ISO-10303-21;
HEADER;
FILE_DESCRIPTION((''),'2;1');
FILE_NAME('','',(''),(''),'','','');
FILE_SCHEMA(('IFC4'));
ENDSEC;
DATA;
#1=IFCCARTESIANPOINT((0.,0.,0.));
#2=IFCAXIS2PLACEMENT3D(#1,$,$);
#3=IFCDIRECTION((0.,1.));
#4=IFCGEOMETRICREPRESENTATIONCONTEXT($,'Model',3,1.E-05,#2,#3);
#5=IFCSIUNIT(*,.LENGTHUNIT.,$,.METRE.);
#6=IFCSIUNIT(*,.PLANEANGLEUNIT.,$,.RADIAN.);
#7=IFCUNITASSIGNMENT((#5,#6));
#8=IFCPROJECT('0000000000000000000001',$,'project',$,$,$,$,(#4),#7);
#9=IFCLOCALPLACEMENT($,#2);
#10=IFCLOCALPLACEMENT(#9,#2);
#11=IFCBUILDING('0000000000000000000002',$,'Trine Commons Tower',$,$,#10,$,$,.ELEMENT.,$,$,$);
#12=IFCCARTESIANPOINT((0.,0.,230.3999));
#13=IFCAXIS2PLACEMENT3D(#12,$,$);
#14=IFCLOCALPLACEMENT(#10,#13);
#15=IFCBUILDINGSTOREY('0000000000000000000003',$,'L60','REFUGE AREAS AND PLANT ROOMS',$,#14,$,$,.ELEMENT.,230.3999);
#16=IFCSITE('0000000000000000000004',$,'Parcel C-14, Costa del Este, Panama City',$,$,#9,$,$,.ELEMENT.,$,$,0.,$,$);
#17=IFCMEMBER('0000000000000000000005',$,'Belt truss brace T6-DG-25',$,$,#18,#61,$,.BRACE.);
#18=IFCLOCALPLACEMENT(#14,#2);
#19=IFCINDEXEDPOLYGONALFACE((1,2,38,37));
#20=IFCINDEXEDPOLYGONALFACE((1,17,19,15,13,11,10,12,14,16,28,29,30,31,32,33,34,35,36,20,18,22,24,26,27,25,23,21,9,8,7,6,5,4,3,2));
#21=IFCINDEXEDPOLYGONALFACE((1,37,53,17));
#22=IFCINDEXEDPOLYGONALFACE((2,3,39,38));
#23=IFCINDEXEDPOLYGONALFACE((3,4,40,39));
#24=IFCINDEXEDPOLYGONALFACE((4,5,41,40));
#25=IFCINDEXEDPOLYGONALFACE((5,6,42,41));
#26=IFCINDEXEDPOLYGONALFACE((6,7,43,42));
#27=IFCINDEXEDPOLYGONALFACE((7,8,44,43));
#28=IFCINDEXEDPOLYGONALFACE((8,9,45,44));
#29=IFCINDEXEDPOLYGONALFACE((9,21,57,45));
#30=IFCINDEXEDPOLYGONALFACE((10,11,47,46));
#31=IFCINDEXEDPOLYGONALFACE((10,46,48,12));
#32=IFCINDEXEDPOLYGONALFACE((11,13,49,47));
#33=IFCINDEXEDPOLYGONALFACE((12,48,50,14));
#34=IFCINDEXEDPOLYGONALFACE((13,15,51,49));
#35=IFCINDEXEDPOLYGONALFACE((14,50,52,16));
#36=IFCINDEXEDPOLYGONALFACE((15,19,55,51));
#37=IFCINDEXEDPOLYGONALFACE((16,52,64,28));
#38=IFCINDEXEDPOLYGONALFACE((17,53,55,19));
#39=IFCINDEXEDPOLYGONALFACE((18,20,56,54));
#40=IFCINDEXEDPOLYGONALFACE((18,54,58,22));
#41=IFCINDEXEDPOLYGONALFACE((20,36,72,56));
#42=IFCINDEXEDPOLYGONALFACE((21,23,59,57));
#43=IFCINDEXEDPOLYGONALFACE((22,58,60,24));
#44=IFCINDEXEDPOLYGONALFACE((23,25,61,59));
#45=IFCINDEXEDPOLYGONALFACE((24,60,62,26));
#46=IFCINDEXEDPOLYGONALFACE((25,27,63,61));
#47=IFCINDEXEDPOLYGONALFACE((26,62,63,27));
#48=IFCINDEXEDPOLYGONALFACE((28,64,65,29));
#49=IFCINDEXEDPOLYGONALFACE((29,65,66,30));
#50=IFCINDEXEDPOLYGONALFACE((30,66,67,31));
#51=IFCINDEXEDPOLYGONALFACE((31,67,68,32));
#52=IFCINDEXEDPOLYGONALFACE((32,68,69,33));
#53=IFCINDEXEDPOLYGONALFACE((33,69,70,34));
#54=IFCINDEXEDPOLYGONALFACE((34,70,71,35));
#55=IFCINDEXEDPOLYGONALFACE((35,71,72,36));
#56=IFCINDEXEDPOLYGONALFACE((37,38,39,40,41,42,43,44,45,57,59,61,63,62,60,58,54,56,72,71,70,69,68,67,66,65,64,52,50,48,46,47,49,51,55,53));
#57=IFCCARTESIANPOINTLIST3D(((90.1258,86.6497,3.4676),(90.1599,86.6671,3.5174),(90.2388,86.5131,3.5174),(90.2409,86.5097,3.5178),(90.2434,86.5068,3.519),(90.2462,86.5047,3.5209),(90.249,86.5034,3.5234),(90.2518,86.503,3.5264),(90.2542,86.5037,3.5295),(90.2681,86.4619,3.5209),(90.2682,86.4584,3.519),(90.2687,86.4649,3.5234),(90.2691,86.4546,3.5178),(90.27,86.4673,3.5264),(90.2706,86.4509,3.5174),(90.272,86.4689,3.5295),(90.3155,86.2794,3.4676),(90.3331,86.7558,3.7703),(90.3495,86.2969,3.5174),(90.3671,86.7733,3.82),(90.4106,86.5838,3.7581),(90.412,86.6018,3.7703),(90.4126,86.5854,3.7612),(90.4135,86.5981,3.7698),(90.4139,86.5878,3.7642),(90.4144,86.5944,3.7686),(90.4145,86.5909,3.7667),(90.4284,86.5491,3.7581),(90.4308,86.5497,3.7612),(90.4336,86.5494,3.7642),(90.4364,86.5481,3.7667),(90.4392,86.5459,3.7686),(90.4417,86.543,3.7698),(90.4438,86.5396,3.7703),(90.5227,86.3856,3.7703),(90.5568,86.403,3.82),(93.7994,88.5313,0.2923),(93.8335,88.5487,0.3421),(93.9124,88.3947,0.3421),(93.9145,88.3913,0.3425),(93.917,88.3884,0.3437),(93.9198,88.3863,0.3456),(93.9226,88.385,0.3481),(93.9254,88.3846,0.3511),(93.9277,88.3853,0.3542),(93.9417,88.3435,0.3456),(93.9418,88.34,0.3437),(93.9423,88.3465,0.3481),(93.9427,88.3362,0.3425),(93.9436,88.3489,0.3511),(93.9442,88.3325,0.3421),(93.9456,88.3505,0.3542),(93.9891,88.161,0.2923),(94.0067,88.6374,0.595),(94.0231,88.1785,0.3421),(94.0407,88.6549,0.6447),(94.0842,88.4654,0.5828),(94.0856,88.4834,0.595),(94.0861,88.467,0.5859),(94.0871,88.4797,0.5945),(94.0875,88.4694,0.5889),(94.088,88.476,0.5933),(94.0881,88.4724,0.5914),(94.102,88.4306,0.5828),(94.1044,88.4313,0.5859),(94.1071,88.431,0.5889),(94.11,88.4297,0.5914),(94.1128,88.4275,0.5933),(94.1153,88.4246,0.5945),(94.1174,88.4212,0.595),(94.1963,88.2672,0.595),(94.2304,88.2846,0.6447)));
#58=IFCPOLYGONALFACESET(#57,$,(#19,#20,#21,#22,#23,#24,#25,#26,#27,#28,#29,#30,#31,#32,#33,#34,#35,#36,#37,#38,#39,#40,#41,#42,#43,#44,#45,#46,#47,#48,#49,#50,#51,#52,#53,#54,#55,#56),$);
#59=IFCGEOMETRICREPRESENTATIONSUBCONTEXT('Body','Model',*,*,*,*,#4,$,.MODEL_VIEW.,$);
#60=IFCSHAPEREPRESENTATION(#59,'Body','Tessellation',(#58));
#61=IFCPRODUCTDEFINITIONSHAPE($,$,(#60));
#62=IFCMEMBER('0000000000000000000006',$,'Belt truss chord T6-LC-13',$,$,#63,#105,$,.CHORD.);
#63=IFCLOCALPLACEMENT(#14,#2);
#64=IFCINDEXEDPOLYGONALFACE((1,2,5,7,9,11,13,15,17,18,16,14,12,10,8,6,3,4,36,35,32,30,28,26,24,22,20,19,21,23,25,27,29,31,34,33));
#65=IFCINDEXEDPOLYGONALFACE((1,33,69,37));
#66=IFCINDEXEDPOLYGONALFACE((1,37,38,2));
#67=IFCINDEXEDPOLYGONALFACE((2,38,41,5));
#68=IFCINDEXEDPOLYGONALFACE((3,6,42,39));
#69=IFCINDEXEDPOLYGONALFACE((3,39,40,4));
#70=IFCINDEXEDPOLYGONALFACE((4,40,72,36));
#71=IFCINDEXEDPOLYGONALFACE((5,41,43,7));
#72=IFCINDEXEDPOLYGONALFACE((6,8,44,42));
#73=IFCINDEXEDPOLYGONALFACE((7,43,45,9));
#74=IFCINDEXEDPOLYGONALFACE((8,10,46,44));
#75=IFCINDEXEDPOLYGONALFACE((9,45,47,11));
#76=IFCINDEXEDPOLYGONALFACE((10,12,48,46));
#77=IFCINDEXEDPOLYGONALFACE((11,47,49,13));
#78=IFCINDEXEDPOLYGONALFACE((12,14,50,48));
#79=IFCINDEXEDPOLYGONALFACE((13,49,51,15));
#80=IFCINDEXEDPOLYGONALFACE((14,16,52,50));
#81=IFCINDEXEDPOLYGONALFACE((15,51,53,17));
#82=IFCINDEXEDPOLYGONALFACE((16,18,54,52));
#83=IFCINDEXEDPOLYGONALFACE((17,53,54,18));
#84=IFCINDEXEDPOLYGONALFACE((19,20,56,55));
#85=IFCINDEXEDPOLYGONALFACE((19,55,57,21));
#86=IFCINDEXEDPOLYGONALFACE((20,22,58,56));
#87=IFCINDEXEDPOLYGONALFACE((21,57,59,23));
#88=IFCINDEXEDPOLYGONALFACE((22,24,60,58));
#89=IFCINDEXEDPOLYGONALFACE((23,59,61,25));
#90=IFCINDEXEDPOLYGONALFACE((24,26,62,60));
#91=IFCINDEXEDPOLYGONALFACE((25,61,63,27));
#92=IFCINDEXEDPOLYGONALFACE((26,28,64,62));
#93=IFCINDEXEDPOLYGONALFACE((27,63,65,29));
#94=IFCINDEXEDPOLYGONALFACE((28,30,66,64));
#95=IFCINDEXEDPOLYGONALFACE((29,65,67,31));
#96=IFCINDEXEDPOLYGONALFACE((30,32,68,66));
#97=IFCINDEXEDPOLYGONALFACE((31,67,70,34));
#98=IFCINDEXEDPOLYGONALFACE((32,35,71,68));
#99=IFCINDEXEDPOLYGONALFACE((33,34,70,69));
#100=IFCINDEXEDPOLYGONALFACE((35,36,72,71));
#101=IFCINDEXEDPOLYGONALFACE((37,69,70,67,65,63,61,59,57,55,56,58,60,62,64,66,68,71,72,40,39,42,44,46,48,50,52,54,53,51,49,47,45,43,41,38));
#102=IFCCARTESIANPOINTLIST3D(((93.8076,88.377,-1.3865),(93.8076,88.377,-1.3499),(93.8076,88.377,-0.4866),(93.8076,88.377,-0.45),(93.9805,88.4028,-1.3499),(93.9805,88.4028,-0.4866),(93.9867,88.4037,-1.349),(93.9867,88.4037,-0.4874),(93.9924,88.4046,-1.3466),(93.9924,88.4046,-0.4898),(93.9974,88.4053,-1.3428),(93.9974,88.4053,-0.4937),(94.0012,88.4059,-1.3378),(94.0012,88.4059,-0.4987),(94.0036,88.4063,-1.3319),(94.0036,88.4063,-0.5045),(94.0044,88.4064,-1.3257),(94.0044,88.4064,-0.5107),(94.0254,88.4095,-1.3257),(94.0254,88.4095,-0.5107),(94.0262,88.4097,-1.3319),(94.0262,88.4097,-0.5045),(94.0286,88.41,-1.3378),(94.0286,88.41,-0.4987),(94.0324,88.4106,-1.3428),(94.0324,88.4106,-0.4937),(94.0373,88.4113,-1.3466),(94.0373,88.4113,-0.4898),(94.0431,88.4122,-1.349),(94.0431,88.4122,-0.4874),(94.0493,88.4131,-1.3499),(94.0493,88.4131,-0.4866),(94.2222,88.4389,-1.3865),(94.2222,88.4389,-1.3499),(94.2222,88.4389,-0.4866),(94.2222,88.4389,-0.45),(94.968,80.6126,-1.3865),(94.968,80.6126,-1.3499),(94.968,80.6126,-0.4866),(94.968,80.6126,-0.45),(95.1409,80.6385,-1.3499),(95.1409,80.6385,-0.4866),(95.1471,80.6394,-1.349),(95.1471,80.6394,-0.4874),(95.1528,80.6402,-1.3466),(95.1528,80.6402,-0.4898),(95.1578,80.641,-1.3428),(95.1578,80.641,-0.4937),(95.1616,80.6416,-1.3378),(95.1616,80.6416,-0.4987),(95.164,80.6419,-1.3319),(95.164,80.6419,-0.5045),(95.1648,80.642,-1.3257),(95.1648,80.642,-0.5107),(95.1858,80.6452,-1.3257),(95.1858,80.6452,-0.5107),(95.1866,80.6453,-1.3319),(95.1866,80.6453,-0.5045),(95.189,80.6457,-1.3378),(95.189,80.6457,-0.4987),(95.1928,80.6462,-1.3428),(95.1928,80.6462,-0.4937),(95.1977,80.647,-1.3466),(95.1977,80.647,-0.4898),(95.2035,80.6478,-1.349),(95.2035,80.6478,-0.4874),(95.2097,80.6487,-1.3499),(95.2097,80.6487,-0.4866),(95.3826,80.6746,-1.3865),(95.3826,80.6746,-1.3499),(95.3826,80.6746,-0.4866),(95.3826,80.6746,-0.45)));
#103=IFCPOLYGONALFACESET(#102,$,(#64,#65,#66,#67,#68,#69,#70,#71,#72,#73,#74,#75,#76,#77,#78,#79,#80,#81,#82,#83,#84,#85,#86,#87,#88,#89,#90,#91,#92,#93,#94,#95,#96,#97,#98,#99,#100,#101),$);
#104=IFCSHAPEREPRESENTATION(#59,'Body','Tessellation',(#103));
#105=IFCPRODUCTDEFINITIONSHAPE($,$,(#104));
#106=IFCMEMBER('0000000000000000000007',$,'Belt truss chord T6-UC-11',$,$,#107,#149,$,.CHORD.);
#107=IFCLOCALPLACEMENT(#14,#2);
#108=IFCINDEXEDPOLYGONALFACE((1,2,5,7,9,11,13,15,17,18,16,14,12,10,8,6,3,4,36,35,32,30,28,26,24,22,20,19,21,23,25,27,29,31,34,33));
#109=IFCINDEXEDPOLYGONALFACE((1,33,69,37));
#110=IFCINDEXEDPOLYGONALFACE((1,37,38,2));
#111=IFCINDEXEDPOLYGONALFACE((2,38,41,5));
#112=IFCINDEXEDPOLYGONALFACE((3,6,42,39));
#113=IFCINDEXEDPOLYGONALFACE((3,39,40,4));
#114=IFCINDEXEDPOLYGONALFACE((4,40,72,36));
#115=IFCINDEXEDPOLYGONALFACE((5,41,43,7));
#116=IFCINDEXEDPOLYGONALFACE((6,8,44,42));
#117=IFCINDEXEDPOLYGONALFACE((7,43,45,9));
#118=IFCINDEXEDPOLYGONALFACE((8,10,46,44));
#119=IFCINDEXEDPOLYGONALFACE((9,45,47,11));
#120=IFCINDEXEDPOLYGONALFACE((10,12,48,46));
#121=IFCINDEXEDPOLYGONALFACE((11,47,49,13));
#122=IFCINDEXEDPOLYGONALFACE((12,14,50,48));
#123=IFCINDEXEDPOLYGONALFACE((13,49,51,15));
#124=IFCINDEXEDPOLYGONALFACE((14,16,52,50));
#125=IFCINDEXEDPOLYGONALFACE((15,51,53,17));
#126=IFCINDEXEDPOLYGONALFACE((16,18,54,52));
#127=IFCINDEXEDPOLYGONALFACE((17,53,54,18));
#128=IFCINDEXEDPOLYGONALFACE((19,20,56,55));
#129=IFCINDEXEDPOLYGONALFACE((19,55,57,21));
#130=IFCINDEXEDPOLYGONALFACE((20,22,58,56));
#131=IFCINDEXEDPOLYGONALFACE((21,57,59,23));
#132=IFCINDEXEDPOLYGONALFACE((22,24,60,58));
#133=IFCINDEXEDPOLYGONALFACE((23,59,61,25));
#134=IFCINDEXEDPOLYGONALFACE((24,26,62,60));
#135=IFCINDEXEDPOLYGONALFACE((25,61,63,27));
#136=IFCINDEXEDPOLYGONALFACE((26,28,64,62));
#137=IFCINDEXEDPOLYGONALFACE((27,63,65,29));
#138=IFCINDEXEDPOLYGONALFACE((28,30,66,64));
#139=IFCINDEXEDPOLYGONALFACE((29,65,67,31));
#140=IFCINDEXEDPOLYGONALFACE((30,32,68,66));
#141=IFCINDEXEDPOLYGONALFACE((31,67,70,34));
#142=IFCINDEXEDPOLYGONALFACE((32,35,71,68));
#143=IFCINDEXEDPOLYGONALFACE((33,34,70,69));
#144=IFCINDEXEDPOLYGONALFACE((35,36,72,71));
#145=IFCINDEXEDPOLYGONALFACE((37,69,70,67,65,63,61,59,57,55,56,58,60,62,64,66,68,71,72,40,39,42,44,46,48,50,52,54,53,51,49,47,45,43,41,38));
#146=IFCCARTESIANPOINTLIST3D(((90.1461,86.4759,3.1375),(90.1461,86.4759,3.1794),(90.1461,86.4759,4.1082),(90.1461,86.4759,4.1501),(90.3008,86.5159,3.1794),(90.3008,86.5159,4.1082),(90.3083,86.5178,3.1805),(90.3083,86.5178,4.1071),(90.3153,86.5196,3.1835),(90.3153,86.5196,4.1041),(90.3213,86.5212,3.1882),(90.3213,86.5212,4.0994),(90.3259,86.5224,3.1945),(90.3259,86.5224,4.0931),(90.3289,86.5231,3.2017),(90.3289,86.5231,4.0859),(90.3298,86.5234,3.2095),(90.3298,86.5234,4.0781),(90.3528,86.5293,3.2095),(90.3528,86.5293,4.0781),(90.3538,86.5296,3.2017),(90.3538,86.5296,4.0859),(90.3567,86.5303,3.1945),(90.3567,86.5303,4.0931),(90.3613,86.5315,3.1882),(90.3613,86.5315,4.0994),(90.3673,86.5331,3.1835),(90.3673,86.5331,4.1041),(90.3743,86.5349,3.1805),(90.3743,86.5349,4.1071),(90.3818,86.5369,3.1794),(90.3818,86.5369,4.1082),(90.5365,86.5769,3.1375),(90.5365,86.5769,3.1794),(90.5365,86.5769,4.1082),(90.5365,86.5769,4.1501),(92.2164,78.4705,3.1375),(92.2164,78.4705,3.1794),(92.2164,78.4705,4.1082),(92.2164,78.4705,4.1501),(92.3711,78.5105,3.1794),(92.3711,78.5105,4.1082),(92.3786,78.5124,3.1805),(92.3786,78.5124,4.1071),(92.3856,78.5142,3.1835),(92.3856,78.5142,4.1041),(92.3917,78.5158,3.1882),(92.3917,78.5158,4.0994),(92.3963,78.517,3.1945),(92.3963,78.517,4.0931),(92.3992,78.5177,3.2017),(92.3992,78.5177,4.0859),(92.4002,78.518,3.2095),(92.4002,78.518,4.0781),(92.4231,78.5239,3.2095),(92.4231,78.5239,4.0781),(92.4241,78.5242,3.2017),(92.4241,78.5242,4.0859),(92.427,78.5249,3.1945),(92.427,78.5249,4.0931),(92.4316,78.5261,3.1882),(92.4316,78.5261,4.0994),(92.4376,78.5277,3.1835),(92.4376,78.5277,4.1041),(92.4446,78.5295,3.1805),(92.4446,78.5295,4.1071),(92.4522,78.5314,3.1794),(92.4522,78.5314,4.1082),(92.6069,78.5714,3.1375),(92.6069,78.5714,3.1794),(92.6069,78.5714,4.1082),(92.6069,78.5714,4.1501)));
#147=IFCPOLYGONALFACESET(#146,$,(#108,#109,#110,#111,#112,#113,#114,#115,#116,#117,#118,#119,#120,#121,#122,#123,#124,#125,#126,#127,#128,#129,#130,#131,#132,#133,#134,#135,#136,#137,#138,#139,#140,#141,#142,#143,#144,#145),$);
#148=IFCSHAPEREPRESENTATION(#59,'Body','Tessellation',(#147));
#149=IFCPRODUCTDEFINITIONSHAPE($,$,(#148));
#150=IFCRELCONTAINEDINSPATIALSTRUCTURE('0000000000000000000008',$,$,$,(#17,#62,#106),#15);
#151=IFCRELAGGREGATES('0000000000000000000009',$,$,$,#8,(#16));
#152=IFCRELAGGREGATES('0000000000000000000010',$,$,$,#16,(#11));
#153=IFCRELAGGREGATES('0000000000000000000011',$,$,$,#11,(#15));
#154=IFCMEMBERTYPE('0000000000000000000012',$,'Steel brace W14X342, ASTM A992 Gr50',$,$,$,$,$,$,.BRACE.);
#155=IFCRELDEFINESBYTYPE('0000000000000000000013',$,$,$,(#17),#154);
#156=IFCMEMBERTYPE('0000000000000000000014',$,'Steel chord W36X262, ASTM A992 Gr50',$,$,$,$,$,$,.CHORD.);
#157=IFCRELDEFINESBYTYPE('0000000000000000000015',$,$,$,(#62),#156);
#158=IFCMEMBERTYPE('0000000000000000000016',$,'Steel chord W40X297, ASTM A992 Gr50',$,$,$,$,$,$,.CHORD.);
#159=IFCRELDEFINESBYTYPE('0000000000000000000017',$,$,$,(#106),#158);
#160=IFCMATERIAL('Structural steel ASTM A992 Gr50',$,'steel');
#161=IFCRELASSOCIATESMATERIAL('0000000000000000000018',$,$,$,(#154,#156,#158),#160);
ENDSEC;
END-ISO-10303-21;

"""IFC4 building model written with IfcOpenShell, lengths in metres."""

from ifc_helpers import new_model, si_unit, direction, frame, origin, origin_2d, place, context, subcontext, project, spatial, i_section, extrude, material, material_profile, profile_set, type_object, element, save


model = new_model("IFC4")

# Units and contexts
model_context = context("Model", 3, precision=1e-05, world=origin(), true_north=direction((0.0, 1.0)))
body_context = subcontext(model_context, "Body", "Model", "MODEL_VIEW")
ifc_project = project(units=[si_unit("LENGTHUNIT", "METRE"), si_unit("PLANEANGLEUNIT", "RADIAN")], contexts=[model_context])

# Site, building, storey
site_placement = place(None, origin())
site = spatial("IfcSite", under=ifc_project, at=site_placement, Name="Parcel C-14, Costa del Este, Panama City", CompositionType="ELEMENT", RefElevation=0.0)
building_placement = place(site_placement, origin())
building = spatial("IfcBuilding", under=site, at=building_placement, Name="Trine Commons Tower", CompositionType="ELEMENT")
storey_placement = place(building_placement, frame((0.0, 0.0, 230.3999)))
storey = spatial("IfcBuildingStorey", under=building, at=storey_placement, Name="L60", Description="REFUGE AREAS AND PLANT ROOMS", CompositionType="ELEMENT", Elevation=230.3999)

# Shared definitions
ifc_material_1 = material(Name="Structural steel ASTM A992 Gr50", Category="steel")

# Members
ifc_material_profile_1 = material_profile(ifc_material_1, i_section(OverallWidth=0.416, OverallDepth=0.4446, WebThickness=0.0391, FlangeThickness=0.0627, FilletRadius=0.0154, at=origin_2d()), Name="W14X342")
ifc_profile_set_1 = profile_set([ifc_material_profile_1], Name="Structural steel ASTM A992 Gr50")
member_type_1 = type_object("IfcMemberType", Name="Steel brace W14X342, ASTM A992 Gr50", PredefinedType="BRACE", material=ifc_profile_set_1)
member_1_placement = place(storey_placement, frame((94.0149, 88.408, 0.4685), z_axis=(-0.705441, -0.361323, 0.609753), x_axis=(0.455876, -0.890043, 0.0)))
element("IfcMember", 1, at=member_1_placement, inside=storey, type_object=member_type_1, Name="Belt truss brace T6-DG-25", PredefinedType="BRACE", context=body_context, shape_type="SweptSolid", body=[
    extrude(i_section(OverallWidth=0.416, OverallDepth=0.4446, WebThickness=0.0391, FlangeThickness=0.0627, FilletRadius=0.0154, at=origin_2d()), origin(), (0.0, 0.0, 1.0), 5.2075),
])
ifc_material_profile_2 = material_profile(ifc_material_1, i_section(OverallWidth=0.4192, OverallDepth=0.9365, WebThickness=0.0212, FlangeThickness=0.0366, FilletRadius=0.0242, at=origin_2d()), Name="W36X262")
ifc_profile_set_2 = profile_set([ifc_material_profile_2], Name="Structural steel ASTM A992 Gr50")
member_type_2 = type_object("IfcMemberType", Name="Steel chord W36X262, ASTM A992 Gr50", PredefinedType="CHORD", material=ifc_profile_set_2)
member_2_placement = place(storey_placement, frame((94.0149, 88.408, -0.9182), z_axis=(0.14781, -0.989016, 0.0), x_axis=(0.989016, 0.14781, 0.0)))
element("IfcMember", 2, at=member_2_placement, inside=storey, type_object=member_type_2, Name="Belt truss chord T6-LC-13", PredefinedType="CHORD", context=body_context, shape_type="SweptSolid", body=[
    extrude(i_section(OverallWidth=0.4192, OverallDepth=0.9365, WebThickness=0.0212, FlangeThickness=0.0366, FilletRadius=0.0242, at=origin_2d()), origin(), (0.0, 0.0, 1.0), 7.8506),
])
ifc_material_profile_3 = material_profile(ifc_material_1, i_section(OverallWidth=0.4033, OverallDepth=1.0127, WebThickness=0.0237, FlangeThickness=0.042, FilletRadius=0.03, at=origin_2d()), Name="W40X297")
ifc_profile_set_3 = profile_set([ifc_material_profile_3], Name="Structural steel ASTM A992 Gr50")
member_type_3 = type_object("IfcMemberType", Name="Steel chord W40X297, ASTM A992 Gr50", PredefinedType="CHORD", material=ifc_profile_set_3)
member_3_placement = place(storey_placement, frame((90.3413, 86.5264, 3.6438), z_axis=(0.250378, -0.968148, 0.0), x_axis=(0.968148, 0.250378, 0.0)))
element("IfcMember", 3, at=member_3_placement, inside=storey, type_object=member_type_3, Name="Belt truss chord T6-UC-11", PredefinedType="CHORD", context=body_context, shape_type="SweptSolid", body=[
    extrude(i_section(OverallWidth=0.4033, OverallDepth=1.0127, WebThickness=0.0237, FlangeThickness=0.042, FilletRadius=0.03, at=origin_2d()), origin(), (0.0, 0.0, 1.0), 8.2688),
])

save(model, "model.ifc")
